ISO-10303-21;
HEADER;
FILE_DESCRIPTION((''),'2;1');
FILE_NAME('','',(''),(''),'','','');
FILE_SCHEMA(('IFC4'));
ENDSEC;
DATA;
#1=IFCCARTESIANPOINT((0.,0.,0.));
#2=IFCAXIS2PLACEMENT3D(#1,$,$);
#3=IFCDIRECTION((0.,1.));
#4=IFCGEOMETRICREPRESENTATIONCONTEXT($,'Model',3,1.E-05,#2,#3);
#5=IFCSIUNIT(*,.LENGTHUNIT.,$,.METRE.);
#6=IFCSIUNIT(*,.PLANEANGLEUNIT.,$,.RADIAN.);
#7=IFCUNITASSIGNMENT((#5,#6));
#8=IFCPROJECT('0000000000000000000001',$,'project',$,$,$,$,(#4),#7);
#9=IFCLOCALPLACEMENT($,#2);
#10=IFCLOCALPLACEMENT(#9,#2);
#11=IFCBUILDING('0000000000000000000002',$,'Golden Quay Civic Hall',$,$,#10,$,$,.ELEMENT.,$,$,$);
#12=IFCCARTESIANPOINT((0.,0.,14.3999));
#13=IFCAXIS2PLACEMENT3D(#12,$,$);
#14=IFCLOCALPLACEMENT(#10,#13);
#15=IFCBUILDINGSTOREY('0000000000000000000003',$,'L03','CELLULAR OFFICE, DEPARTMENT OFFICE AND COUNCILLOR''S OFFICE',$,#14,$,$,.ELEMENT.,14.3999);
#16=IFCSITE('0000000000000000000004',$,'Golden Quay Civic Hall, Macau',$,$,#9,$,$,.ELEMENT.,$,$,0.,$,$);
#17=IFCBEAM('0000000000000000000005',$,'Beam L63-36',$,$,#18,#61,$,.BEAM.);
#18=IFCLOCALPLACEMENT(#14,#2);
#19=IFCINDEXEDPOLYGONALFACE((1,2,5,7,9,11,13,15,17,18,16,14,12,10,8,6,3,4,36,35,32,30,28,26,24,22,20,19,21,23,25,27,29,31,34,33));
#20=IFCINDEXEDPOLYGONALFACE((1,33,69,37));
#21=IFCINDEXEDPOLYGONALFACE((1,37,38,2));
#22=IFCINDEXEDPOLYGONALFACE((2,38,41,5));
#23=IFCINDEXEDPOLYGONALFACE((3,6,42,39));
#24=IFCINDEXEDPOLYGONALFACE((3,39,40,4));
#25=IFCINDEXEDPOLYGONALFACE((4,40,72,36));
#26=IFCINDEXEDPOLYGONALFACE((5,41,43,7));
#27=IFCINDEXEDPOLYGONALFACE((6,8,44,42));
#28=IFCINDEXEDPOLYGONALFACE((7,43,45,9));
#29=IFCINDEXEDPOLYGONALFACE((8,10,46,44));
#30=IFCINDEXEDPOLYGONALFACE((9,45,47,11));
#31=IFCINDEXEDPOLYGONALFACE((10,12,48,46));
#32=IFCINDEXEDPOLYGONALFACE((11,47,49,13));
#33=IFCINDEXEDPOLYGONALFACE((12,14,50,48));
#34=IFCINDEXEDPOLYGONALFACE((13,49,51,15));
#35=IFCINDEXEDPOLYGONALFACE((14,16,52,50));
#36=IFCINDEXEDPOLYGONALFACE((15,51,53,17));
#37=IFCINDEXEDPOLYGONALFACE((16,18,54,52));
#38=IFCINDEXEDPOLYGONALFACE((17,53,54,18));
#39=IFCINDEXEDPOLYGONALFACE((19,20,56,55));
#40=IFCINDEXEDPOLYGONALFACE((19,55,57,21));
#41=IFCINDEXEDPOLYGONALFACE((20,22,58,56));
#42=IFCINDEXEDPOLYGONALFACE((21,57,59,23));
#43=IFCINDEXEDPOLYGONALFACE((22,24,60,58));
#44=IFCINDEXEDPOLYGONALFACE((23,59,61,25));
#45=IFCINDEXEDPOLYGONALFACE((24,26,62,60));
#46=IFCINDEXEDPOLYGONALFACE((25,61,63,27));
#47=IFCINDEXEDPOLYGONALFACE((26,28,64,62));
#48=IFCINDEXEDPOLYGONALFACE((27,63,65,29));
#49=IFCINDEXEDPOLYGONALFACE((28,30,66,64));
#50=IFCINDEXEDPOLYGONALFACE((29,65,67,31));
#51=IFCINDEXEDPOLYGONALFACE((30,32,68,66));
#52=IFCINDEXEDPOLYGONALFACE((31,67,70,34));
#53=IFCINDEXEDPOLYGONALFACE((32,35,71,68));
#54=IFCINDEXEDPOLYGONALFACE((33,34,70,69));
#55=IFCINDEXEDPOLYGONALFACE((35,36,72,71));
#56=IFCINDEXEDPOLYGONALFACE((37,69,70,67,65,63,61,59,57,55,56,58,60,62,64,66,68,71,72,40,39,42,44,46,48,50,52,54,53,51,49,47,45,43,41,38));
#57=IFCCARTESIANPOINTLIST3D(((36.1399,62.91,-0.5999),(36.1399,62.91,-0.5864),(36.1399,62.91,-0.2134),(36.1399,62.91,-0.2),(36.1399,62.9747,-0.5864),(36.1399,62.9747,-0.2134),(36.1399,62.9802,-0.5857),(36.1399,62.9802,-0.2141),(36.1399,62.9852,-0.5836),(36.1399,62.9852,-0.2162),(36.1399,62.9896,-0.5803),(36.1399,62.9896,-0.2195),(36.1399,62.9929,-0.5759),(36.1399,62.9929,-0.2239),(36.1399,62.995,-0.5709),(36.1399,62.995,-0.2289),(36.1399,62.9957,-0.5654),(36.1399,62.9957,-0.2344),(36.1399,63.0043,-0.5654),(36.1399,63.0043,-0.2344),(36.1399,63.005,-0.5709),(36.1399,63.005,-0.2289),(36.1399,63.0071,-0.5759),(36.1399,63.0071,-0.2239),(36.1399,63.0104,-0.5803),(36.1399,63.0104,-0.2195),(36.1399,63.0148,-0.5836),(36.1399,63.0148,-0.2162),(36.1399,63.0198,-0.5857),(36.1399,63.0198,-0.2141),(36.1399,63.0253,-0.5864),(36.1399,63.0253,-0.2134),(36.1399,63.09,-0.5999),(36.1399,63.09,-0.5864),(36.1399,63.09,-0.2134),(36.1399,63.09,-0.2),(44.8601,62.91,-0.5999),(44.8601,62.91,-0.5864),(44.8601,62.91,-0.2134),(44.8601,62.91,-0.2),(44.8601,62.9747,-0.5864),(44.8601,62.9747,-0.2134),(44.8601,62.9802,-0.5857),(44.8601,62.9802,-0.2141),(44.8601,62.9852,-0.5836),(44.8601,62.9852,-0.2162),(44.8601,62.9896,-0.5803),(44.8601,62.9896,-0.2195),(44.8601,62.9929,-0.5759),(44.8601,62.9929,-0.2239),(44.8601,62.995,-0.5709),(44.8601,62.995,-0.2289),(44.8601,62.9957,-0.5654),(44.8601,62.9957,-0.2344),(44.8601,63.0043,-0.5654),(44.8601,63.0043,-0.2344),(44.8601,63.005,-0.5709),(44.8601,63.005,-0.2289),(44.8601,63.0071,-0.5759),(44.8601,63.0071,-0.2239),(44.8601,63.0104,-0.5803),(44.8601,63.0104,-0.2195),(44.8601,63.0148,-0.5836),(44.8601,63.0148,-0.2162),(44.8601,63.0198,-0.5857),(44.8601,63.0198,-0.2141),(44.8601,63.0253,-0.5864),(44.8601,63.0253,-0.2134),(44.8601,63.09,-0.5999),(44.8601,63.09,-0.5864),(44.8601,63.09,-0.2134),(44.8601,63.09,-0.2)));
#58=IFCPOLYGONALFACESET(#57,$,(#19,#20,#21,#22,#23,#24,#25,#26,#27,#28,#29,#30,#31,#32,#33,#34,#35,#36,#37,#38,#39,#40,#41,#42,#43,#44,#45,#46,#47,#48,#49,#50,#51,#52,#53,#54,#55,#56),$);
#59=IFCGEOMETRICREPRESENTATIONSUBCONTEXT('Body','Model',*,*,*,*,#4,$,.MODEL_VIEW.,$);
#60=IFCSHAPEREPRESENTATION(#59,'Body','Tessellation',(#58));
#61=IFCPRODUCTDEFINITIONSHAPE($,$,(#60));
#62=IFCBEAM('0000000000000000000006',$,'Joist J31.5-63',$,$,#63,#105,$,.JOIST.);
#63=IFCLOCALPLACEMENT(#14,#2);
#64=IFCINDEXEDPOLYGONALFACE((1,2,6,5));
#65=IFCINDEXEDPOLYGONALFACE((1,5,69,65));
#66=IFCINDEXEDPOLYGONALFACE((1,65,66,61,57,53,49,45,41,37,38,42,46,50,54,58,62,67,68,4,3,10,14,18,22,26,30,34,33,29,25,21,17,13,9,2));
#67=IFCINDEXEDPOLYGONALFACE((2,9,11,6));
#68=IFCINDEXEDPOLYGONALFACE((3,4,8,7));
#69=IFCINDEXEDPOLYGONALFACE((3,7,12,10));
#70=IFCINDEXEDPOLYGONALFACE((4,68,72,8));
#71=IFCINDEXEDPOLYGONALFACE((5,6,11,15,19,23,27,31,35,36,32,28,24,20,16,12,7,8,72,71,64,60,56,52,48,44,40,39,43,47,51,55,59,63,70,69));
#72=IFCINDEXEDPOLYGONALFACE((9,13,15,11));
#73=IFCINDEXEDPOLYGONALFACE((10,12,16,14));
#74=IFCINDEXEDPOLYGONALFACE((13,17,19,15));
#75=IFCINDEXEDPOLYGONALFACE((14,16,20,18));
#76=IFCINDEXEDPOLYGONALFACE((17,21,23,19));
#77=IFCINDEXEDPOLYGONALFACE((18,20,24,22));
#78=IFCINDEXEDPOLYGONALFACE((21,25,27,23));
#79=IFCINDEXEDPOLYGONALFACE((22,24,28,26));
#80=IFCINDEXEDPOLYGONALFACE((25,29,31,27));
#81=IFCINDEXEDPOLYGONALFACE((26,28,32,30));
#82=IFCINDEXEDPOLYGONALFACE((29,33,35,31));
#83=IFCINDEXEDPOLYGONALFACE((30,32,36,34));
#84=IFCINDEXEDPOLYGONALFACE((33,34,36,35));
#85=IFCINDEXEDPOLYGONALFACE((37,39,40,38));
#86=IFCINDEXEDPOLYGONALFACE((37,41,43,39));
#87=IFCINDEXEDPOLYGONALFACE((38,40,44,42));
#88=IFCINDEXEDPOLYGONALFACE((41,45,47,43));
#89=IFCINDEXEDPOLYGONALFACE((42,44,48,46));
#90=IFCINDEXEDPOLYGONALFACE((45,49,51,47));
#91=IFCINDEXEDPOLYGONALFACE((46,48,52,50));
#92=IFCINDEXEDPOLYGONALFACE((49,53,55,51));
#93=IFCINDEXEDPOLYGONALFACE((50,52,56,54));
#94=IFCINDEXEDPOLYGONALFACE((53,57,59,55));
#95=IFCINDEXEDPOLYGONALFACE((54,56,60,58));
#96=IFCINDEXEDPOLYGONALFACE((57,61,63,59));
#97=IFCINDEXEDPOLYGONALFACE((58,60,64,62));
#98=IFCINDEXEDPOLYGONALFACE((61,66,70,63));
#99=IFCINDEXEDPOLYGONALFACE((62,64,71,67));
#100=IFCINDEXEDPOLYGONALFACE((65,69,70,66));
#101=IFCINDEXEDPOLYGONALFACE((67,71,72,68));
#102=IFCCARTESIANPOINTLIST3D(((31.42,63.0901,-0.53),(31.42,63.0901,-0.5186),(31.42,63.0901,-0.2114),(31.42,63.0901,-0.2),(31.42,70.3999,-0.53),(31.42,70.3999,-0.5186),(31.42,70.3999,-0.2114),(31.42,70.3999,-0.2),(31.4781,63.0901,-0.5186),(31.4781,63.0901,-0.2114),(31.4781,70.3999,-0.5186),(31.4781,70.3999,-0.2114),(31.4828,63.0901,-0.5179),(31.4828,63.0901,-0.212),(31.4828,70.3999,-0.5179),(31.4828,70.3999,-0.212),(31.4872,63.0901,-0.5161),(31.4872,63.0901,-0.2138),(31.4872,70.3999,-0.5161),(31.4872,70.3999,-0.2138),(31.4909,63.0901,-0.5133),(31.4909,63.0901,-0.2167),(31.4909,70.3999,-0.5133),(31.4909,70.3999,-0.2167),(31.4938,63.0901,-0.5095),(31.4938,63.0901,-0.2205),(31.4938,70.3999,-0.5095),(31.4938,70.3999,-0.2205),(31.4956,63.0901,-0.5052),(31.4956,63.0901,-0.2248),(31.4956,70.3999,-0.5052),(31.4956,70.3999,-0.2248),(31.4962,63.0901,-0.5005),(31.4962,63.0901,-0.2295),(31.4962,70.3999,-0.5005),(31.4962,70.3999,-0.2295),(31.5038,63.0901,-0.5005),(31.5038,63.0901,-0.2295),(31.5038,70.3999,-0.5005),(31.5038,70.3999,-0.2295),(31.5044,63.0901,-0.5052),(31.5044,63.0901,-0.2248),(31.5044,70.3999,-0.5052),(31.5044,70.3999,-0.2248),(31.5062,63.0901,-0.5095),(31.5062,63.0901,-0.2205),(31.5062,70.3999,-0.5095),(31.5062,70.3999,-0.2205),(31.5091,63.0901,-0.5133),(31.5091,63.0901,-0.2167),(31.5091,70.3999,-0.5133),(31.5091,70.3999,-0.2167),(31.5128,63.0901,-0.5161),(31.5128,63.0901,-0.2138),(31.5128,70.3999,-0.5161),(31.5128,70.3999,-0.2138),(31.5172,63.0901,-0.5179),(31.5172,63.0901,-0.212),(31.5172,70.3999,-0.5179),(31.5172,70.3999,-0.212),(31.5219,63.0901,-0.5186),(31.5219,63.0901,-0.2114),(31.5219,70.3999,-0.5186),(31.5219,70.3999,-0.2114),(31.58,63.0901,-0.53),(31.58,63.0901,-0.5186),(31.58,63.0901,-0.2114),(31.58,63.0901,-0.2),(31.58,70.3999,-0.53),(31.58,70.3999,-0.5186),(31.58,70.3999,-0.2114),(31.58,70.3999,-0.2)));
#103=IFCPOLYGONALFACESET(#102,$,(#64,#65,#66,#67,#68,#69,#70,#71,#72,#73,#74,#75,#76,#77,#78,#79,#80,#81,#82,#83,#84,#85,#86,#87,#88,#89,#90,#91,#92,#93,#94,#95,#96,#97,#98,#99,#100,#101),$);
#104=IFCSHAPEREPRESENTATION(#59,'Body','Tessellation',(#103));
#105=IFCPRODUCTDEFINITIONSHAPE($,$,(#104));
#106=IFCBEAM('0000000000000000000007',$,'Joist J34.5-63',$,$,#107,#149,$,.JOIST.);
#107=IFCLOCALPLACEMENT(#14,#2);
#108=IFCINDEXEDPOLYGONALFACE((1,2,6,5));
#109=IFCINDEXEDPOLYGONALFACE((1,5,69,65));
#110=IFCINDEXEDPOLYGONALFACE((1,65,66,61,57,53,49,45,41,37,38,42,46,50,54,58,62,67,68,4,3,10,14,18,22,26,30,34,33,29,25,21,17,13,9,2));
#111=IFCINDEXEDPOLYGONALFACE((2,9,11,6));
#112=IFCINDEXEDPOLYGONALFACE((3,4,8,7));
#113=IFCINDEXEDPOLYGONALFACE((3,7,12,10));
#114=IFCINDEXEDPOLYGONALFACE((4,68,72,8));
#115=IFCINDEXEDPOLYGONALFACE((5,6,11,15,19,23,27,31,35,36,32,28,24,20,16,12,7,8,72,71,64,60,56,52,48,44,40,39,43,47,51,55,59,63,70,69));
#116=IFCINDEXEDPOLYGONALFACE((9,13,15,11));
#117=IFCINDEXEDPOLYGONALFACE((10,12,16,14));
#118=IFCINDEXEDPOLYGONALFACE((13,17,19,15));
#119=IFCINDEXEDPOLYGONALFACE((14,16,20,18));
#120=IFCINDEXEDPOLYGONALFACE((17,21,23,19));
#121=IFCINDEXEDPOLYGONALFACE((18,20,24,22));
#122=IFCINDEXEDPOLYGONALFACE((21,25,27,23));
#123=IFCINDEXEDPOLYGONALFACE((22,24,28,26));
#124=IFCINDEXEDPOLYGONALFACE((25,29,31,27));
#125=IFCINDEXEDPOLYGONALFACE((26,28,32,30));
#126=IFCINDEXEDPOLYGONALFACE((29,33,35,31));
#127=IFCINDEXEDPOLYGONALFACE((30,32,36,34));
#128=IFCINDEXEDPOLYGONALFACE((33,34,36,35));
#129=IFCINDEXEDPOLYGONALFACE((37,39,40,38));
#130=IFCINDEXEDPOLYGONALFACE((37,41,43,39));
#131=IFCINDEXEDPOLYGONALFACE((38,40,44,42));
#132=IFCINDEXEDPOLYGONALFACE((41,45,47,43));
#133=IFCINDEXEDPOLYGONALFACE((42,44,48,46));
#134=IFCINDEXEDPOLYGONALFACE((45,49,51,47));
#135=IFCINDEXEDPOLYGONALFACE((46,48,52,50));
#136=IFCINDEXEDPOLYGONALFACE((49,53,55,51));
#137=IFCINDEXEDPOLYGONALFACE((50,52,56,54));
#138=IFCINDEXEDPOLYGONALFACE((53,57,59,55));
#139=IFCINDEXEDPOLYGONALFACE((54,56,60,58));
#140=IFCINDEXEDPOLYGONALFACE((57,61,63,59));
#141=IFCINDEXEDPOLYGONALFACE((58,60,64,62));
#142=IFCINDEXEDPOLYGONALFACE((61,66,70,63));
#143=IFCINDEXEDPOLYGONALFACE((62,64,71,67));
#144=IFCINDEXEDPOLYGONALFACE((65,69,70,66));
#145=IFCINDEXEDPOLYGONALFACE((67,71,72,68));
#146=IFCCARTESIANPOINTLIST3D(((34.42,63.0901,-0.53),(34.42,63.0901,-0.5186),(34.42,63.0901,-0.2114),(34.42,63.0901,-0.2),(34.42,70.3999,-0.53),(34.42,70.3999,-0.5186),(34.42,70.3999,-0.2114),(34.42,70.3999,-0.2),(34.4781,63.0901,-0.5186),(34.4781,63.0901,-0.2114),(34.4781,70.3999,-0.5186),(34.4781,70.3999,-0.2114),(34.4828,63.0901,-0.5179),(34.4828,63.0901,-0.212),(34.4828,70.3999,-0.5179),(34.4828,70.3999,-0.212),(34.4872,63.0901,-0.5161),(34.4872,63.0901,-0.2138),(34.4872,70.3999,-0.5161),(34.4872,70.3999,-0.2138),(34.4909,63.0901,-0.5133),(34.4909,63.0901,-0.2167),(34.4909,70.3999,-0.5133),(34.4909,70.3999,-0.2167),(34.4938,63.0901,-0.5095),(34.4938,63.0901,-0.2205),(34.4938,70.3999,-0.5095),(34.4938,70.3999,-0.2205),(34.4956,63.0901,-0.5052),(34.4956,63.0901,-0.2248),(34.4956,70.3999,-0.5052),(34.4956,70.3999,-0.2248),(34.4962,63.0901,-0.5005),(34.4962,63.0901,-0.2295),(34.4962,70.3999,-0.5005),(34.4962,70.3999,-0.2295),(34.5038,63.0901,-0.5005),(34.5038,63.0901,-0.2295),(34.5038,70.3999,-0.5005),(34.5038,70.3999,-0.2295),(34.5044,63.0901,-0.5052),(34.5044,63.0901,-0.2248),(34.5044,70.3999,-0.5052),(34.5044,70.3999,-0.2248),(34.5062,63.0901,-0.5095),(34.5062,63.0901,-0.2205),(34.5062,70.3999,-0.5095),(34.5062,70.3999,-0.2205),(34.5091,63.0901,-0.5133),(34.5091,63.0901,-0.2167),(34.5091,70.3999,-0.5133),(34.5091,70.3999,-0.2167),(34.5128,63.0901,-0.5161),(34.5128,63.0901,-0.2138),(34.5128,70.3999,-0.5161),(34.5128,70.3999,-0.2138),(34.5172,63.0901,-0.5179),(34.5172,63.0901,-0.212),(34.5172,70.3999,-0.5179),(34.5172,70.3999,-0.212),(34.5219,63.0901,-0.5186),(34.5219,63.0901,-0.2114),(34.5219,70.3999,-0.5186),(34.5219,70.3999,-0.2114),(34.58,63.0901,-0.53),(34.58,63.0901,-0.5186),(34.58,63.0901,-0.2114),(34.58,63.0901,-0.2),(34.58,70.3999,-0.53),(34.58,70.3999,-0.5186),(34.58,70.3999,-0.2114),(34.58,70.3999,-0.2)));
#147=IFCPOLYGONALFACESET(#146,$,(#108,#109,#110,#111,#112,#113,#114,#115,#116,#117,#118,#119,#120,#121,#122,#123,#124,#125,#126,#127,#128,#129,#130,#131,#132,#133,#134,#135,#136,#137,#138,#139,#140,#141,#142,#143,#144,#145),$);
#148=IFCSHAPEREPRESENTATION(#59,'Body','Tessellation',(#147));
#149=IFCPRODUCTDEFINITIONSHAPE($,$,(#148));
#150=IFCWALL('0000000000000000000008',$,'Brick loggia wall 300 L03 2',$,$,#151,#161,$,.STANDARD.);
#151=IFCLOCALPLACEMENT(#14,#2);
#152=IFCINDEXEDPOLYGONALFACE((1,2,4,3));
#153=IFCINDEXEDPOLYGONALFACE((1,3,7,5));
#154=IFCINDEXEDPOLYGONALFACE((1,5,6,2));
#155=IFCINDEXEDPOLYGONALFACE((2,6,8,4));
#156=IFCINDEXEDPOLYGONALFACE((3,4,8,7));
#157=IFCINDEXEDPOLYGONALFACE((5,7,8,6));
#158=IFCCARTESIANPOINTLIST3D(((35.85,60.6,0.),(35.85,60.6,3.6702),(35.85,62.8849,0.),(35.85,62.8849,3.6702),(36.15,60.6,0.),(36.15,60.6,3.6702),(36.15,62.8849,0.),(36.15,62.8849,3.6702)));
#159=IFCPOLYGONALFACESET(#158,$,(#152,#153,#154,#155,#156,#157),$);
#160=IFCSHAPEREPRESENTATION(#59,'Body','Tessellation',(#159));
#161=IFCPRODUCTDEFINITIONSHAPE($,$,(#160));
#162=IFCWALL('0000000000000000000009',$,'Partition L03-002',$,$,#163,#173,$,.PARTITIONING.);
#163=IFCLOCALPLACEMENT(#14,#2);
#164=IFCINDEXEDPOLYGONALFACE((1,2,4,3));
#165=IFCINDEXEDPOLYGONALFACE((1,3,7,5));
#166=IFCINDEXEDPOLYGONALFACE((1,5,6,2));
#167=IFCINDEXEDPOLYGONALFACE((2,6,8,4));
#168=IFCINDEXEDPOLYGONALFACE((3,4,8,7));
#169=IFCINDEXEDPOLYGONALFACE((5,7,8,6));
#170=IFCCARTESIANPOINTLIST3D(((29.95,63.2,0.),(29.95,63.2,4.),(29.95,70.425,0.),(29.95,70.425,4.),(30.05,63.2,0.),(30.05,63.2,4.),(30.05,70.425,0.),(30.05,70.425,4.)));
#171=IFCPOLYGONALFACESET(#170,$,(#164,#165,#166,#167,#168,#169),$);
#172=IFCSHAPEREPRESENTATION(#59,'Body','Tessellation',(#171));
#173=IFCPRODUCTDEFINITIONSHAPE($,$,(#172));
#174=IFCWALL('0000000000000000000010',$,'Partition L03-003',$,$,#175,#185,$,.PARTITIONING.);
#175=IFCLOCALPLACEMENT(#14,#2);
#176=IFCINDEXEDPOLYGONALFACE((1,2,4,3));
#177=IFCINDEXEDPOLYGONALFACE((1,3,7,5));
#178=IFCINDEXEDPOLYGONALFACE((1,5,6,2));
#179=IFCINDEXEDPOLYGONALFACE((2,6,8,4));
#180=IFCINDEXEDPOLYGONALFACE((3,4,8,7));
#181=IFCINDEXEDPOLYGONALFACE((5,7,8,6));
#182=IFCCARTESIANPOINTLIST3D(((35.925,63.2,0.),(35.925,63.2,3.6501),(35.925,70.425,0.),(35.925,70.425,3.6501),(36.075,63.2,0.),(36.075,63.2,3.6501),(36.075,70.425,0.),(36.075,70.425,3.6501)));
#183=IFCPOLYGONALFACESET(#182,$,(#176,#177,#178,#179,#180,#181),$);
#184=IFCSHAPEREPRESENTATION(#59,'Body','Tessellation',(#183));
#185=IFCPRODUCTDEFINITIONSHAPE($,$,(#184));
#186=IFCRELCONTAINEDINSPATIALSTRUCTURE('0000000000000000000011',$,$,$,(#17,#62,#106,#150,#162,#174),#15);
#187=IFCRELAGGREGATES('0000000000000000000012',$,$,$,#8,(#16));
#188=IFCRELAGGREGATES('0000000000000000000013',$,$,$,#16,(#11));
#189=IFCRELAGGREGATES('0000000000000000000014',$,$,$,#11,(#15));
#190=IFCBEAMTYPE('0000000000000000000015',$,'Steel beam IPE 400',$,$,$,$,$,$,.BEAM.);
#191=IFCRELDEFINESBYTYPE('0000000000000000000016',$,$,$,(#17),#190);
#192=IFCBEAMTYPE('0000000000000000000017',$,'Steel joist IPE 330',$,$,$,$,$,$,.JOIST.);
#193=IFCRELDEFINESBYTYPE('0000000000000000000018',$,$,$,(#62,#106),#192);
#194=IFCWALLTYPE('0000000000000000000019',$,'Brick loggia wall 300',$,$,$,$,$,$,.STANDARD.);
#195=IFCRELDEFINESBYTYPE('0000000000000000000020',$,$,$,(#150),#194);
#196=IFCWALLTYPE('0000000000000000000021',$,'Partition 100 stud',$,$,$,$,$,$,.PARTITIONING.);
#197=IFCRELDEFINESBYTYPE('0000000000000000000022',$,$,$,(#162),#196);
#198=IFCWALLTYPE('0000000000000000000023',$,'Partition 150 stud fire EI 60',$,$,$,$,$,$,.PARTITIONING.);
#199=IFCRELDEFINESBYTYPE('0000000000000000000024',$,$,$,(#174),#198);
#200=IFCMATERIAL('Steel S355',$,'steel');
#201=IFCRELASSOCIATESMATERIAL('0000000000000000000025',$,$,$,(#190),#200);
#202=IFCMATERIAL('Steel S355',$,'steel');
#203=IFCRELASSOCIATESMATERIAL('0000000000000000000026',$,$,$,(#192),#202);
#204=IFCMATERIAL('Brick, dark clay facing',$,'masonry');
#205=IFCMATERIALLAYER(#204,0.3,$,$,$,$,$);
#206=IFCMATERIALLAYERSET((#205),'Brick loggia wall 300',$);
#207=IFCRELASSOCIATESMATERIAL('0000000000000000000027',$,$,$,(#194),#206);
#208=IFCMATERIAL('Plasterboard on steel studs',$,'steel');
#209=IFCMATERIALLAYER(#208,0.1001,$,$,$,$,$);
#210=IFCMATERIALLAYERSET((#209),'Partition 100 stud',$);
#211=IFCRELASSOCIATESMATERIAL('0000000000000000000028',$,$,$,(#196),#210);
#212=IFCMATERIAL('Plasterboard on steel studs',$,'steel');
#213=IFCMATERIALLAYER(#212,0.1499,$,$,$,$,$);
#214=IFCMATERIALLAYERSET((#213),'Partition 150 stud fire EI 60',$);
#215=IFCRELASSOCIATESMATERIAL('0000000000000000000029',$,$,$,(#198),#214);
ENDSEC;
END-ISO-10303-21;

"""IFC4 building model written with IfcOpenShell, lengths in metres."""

from ifc_helpers import new_model, si_unit, direction, frame, frame_2d, origin, origin_2d, place, context, subcontext, project, spatial, rectangle, i_section, extrude, material, layer, layer_set, material_profile, profile_set, type_object, element, save


model = new_model("IFC4")

# Units and contexts
model_context = context("Model", 3, precision=1e-05, world=origin(), true_north=direction((0.0, 1.0)))
body_context = subcontext(model_context, "Body", "Model", "MODEL_VIEW")
ifc_project = project(units=[si_unit("LENGTHUNIT", "METRE"), si_unit("PLANEANGLEUNIT", "RADIAN")], contexts=[model_context])

# Site, building, storey
site_placement = place(None, origin())
site = spatial("IfcSite", under=ifc_project, at=site_placement, Name="Golden Quay Civic Hall, Macau", CompositionType="ELEMENT", RefElevation=0.0)
building_placement = place(site_placement, origin())
building = spatial("IfcBuilding", under=site, at=building_placement, Name="Golden Quay Civic Hall", CompositionType="ELEMENT")
storey_placement = place(building_placement, frame((0.0, 0.0, 14.3999)))
storey = spatial("IfcBuildingStorey", under=building, at=storey_placement, Name="L03", Description="CELLULAR OFFICE, DEPARTMENT OFFICE AND COUNCILLOR'S OFFICE", CompositionType="ELEMENT", Elevation=14.3999)

# Beams
ifc_material_1 = material(Name="Steel S355", Category="steel")
ifc_material_profile_1 = material_profile(ifc_material_1, i_section(OverallWidth=0.1799, OverallDepth=0.3999, WebThickness=0.0085, FlangeThickness=0.0134, FilletRadius=0.021, at=origin_2d()), Name="IPE 400")
ifc_profile_set_1 = profile_set([ifc_material_profile_1], Name="Steel S355")
beam_type_1 = type_object("IfcBeamType", Name="Steel beam IPE 400", PredefinedType="BEAM", material=ifc_profile_set_1)
beam_1_placement = place(storey_placement, frame((36.1399, 63.0, -0.3999), z_axis=(1.0, 0.0, 0.0), x_axis=(0.0, 1.0, 0.0)))
element("IfcBeam", 1, at=beam_1_placement, inside=storey, type_object=beam_type_1, Name="Beam L63-36", PredefinedType="BEAM", context=body_context, shape_type="SweptSolid", body=[
    extrude(i_section(OverallWidth=0.1799, OverallDepth=0.3999, WebThickness=0.0085, FlangeThickness=0.0134, FilletRadius=0.021, at=origin_2d()), origin(), (0.0, 0.0, 1.0), 8.7202),
])
ifc_material_2 = material(Name="Steel S355", Category="steel")
ifc_material_profile_2 = material_profile(ifc_material_2, i_section(OverallWidth=0.1599, OverallDepth=0.3301, WebThickness=0.0076, FlangeThickness=0.0115, FilletRadius=0.0181, at=origin_2d()), Name="IPE 330")
ifc_profile_set_2 = profile_set([ifc_material_profile_2], Name="Steel S355")
beam_type_2 = type_object("IfcBeamType", Name="Steel joist IPE 330", PredefinedType="JOIST", material=ifc_profile_set_2)
for number, where, z_axis, x_axis, name in (
    (2, (31.5, 63.0901, -0.365), (0.0, 1.0, 0.0), (-1.0, 0.0, 0.0), "Joist J31.5-63"),
    (3, (34.5, 63.0901, -0.365), (0.0, 1.0, 0.0), (-1.0, 0.0, 0.0), "Joist J34.5-63"),
):
    element("IfcBeam", number, at=place(storey_placement, frame(where, z_axis=z_axis, x_axis=x_axis)), inside=storey, type_object=beam_type_2, Name=name, PredefinedType="JOIST", context=body_context, shape_type="SweptSolid", body=[
        extrude(i_section(OverallWidth=0.1599, OverallDepth=0.3301, WebThickness=0.0076, FlangeThickness=0.0115, FilletRadius=0.0181, at=origin_2d()), origin(), (0.0, 0.0, 1.0), 7.3098),
    ])

# Walls
ifc_material_3 = material(Name="Brick, dark clay facing", Category="masonry")
ifc_layer_1 = layer(ifc_material_3, 0.3)
ifc_layer_set_1 = layer_set([ifc_layer_1], Name="Brick loggia wall 300")
wall_type_1 = type_object("IfcWallType", Name="Brick loggia wall 300", PredefinedType="STANDARD", material=ifc_layer_set_1)
wall_1_placement = place(storey_placement, frame((36.0, 62.885, 0.0), z_axis=(0.0, 0.0, 1.0), x_axis=(0.0, -1.0, 0.0)))
element("IfcWall", 4, at=wall_1_placement, inside=storey, type_object=wall_type_1, Name="Brick loggia wall 300 L03 2", PredefinedType="STANDARD", context=body_context, shape_type="SweptSolid", body=[
    extrude(rectangle(XDim=2.2849, YDim=0.3, at=frame_2d((1.1426, 0.0))), origin(), (0.0, 0.0, 1.0), 3.6702),
])
ifc_material_4 = material(Name="Plasterboard on steel studs", Category="steel")
ifc_layer_2 = layer(ifc_material_4, 0.1001)
ifc_layer_set_2 = layer_set([ifc_layer_2], Name="Partition 100 stud")
wall_type_2 = type_object("IfcWallType", Name="Partition 100 stud", PredefinedType="PARTITIONING", material=ifc_layer_set_2)
wall_2_placement = place(storey_placement, frame((30.0, 63.2, 0.0), z_axis=(0.0, 0.0, 1.0), x_axis=(0.0, 1.0, 0.0)))
element("IfcWall", 5, at=wall_2_placement, inside=storey, type_object=wall_type_2, Name="Partition L03-002", PredefinedType="PARTITIONING", context=body_context, shape_type="SweptSolid", body=[
    extrude(rectangle(XDim=7.2251, YDim=0.1001, at=frame_2d((3.6125, 0.0))), origin(), (0.0, 0.0, 1.0), 4.0),
])
ifc_material_5 = material(Name="Plasterboard on steel studs", Category="steel")
ifc_layer_3 = layer(ifc_material_5, 0.1499)
ifc_layer_set_3 = layer_set([ifc_layer_3], Name="Partition 150 stud fire EI 60")
wall_type_3 = type_object("IfcWallType", Name="Partition 150 stud fire EI 60", PredefinedType="PARTITIONING", material=ifc_layer_set_3)
wall_3_placement = place(storey_placement, frame((36.0, 63.2, 0.0), z_axis=(0.0, 0.0, 1.0), x_axis=(0.0, 1.0, 0.0)))
element("IfcWall", 6, at=wall_3_placement, inside=storey, type_object=wall_type_3, Name="Partition L03-003", PredefinedType="PARTITIONING", context=body_context, shape_type="SweptSolid", body=[
    extrude(rectangle(XDim=7.2251, YDim=0.1499, at=frame_2d((3.6125, 0.0))), origin(), (0.0, 0.0, 1.0), 3.6501),
])

save(model, "model.ifc")
